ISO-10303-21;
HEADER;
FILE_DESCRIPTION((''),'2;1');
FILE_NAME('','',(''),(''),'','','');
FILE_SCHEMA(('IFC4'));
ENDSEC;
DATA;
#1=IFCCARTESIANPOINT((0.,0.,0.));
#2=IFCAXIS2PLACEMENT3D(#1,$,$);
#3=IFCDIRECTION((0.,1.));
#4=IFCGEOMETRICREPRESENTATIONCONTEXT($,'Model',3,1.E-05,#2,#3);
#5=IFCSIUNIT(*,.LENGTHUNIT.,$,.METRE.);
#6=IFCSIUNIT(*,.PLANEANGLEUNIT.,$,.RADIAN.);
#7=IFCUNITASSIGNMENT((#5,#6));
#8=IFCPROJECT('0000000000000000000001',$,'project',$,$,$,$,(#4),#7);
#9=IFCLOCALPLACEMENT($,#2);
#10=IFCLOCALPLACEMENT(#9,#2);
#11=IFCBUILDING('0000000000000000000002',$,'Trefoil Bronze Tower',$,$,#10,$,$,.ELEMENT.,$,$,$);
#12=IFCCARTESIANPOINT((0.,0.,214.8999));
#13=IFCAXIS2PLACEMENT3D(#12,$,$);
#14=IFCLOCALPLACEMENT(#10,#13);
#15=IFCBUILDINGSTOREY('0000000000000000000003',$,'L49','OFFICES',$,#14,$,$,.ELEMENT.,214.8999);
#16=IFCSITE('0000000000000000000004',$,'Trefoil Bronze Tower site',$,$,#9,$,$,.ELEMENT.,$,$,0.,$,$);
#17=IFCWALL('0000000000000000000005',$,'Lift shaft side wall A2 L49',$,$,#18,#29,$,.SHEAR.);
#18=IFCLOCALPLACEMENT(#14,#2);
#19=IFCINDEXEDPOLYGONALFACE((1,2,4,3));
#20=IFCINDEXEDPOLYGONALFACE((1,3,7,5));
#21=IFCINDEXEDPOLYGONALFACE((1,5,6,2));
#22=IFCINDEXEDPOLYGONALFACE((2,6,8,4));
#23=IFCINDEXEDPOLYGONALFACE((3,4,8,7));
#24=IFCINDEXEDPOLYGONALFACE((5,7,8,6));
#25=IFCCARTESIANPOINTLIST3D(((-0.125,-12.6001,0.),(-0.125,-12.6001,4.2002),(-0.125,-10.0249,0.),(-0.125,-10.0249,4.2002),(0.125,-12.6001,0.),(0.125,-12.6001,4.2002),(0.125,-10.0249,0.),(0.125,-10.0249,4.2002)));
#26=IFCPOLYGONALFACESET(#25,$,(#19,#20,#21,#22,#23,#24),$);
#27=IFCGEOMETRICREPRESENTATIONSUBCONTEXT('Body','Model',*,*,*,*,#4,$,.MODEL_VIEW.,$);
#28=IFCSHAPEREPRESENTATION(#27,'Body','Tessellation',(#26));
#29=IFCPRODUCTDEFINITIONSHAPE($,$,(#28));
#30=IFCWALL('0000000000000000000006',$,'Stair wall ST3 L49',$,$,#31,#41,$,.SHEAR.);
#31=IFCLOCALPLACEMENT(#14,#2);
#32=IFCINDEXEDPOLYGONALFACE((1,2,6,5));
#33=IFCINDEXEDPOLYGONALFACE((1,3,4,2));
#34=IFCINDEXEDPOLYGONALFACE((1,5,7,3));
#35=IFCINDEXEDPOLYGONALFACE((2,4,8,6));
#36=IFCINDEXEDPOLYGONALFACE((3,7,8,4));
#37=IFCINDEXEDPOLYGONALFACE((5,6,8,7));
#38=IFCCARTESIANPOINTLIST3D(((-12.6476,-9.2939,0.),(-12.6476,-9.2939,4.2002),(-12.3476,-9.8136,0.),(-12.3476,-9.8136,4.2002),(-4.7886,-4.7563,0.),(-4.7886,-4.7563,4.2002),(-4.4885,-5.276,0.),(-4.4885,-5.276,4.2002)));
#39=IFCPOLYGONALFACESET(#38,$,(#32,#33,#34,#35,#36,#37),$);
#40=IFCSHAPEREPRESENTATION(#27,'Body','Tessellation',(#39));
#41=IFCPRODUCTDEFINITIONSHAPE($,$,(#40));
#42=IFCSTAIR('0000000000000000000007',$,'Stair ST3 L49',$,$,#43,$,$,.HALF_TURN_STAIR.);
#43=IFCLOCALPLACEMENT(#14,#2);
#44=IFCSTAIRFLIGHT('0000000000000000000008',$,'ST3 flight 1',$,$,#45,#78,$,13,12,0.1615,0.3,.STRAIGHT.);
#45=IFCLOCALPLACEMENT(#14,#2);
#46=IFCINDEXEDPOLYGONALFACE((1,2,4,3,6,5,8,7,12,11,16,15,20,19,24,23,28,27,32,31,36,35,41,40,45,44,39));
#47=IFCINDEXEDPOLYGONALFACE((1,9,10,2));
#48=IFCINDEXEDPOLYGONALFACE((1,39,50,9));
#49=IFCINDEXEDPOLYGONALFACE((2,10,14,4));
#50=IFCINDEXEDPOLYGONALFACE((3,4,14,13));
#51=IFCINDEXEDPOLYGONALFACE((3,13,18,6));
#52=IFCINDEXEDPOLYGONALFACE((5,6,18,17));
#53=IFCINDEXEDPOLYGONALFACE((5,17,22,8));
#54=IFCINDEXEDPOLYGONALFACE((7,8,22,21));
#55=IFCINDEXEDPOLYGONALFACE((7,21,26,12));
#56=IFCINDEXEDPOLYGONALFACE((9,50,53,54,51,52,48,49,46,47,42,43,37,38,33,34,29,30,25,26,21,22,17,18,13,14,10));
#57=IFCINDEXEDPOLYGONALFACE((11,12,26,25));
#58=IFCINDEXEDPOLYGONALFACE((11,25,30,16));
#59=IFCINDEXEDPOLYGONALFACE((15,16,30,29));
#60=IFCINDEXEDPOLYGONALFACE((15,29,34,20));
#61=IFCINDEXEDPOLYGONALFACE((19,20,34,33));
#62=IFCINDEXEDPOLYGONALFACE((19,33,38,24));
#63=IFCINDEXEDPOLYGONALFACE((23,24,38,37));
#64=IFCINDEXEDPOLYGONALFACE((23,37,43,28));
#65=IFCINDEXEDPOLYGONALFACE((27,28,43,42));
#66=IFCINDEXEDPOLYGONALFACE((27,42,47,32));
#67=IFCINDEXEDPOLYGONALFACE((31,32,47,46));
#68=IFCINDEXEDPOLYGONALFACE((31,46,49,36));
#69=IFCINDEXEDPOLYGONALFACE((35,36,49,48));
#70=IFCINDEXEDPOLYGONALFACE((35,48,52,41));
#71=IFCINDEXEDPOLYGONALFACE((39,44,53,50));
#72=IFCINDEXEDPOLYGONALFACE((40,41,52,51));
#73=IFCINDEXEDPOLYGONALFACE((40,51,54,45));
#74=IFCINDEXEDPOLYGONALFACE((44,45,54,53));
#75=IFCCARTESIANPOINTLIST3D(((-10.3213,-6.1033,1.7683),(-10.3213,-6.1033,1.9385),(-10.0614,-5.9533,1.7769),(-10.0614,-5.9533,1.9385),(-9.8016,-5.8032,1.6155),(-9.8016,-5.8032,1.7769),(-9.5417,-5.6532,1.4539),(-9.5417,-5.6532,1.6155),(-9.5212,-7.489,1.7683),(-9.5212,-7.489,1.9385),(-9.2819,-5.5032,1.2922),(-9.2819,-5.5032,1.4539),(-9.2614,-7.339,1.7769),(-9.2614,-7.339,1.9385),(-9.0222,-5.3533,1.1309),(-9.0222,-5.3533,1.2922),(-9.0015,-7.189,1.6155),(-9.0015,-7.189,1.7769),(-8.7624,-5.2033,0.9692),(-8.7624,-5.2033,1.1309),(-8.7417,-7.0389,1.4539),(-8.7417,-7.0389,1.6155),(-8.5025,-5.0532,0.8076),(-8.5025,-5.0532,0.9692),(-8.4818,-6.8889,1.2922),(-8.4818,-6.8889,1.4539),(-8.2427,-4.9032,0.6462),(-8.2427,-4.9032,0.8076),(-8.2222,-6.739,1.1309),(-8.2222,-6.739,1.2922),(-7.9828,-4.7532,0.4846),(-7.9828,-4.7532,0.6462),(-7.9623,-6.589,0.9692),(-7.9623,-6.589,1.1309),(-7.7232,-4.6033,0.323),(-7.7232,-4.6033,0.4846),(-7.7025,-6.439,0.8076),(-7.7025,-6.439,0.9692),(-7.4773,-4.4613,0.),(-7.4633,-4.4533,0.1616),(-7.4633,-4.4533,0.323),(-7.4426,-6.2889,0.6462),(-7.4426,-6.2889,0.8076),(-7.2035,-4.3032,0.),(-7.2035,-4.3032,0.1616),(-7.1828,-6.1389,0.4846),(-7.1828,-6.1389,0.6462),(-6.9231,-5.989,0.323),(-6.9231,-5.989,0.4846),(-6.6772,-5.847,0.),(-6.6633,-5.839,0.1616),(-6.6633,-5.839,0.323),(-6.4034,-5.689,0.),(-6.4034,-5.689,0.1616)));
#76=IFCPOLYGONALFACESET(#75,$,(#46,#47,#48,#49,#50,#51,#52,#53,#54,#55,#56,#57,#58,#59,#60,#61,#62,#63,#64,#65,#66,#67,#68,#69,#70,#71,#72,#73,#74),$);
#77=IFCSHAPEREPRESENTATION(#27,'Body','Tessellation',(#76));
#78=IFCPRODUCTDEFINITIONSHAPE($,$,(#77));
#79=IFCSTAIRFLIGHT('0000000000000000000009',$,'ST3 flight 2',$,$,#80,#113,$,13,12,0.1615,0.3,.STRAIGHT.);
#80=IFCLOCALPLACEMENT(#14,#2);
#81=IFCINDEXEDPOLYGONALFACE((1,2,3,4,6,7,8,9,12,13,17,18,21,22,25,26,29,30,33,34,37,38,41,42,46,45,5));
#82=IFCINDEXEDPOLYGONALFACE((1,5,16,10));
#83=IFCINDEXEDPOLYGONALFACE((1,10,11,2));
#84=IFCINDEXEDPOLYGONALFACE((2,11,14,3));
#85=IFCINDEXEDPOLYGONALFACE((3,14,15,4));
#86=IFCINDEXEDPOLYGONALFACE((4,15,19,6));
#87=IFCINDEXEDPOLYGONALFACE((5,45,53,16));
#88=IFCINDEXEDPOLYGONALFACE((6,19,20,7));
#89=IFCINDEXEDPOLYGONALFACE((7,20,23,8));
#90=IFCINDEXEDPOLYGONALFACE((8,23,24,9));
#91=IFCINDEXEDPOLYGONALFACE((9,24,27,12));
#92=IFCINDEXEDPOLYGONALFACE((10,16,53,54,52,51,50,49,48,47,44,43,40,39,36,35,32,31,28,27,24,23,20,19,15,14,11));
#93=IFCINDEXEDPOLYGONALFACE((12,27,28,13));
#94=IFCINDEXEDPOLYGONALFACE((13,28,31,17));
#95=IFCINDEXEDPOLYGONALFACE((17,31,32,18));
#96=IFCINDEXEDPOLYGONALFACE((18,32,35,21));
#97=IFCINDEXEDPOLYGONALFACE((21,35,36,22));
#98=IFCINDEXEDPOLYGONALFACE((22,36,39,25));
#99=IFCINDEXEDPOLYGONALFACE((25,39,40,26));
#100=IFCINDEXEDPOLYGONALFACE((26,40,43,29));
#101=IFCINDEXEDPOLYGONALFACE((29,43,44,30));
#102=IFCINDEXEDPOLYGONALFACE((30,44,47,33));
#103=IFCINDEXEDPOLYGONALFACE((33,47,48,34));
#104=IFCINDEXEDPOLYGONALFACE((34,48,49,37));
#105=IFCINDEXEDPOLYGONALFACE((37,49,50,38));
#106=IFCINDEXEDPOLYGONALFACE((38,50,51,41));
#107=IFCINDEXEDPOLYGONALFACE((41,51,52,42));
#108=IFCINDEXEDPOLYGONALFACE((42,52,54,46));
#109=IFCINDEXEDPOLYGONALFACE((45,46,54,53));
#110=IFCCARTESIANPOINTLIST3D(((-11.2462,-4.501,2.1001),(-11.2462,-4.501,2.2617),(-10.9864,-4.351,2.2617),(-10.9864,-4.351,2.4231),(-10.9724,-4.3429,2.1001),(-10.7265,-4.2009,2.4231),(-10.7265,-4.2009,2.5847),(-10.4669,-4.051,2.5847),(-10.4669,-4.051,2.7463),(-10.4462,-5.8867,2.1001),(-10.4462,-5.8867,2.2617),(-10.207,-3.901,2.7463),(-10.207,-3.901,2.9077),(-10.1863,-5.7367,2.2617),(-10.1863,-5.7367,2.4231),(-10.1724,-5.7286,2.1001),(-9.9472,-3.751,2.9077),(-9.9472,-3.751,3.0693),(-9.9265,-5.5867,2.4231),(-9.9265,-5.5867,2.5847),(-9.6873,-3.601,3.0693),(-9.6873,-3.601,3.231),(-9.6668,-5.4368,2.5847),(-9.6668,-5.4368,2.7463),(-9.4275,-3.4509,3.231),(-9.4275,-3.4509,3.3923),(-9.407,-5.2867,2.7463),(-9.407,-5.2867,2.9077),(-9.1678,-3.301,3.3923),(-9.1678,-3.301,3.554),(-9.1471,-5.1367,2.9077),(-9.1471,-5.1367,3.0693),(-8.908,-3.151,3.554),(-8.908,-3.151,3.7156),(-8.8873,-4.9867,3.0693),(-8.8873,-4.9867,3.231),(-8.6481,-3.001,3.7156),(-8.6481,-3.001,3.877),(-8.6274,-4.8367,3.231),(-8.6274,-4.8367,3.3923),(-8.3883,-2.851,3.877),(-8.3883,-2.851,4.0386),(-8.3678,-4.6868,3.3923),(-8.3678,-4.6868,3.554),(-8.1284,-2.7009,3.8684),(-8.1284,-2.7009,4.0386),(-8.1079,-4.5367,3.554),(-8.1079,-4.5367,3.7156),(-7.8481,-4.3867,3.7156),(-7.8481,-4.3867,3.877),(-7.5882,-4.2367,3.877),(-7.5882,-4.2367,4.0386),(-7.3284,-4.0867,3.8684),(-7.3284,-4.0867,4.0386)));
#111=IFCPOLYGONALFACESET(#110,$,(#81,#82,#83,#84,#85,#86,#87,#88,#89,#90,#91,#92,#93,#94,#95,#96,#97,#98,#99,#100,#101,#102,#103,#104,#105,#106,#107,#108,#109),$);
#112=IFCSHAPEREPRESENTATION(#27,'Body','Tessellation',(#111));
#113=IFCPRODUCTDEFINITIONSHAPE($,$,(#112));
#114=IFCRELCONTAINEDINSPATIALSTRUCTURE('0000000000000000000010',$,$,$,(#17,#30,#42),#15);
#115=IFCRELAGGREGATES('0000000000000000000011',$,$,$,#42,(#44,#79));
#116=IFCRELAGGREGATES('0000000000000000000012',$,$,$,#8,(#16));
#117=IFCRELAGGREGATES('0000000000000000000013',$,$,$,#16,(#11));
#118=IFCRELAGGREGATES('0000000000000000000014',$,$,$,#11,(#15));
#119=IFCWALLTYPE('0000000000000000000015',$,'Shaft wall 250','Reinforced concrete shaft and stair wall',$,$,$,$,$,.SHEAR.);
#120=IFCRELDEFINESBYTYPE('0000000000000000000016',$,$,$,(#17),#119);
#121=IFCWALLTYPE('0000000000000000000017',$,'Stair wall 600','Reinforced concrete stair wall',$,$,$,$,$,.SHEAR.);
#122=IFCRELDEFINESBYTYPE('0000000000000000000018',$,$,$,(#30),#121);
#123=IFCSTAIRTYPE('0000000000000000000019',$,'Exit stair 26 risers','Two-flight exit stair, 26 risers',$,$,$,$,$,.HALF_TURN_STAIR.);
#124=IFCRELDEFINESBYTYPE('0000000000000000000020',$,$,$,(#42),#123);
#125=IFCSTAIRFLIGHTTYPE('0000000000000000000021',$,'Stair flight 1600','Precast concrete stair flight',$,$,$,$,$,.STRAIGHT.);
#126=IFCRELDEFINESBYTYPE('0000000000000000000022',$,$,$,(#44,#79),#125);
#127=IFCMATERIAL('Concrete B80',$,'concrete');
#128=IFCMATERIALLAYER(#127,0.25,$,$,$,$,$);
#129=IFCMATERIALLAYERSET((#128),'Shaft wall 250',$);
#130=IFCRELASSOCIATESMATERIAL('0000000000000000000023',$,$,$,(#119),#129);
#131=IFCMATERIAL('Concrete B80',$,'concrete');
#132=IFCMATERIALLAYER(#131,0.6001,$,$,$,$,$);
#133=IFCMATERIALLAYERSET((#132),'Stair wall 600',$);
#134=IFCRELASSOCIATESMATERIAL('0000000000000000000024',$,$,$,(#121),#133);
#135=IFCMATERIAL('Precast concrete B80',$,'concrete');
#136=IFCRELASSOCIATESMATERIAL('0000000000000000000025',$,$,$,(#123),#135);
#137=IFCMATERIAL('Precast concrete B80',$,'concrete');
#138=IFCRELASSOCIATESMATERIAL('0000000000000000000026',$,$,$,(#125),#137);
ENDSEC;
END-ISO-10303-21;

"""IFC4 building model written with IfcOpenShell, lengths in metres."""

from ifc_helpers import new_model, si_unit, direction, frame, frame_2d, origin, place, context, subcontext, project, spatial, polyline, rectangle, outline, extrude, material, layer, layer_set, type_object, element, aggregate, save


model = new_model("IFC4")

# Units and contexts
model_context = context("Model", 3, precision=1e-05, world=origin(), true_north=direction((0.0, 1.0)))
body_context = subcontext(model_context, "Body", "Model", "MODEL_VIEW")
ifc_project = project(units=[si_unit("LENGTHUNIT", "METRE"), si_unit("PLANEANGLEUNIT", "RADIAN")], contexts=[model_context])

# Site, building, storey
site_placement = place(None, origin())
site = spatial("IfcSite", under=ifc_project, at=site_placement, Name="Trefoil Bronze Tower site", CompositionType="ELEMENT", RefElevation=0.0)
building_placement = place(site_placement, origin())
building = spatial("IfcBuilding", under=site, at=building_placement, Name="Trefoil Bronze Tower", CompositionType="ELEMENT")
storey_placement = place(building_placement, frame((0.0, 0.0, 214.8999)))
storey = spatial("IfcBuildingStorey", under=building, at=storey_placement, Name="L49", Description="OFFICES", CompositionType="ELEMENT", Elevation=214.8999)

# Shared definitions
ifc_material_1 = material(Name="Concrete B80", Category="concrete")
ifc_layer_1 = layer(ifc_material_1, 0.25)
ifc_layer_set_1 = layer_set([ifc_layer_1], Name="Shaft wall 250")
wall_type_1 = type_object("IfcWallType", Name="Shaft wall 250", Description="Reinforced concrete shaft and stair wall", PredefinedType="SHEAR", material=ifc_layer_set_1)

# Walls
for number, where, z_axis, x_axis, name in (
    (1, (0.0, -10.0249, 0.0), (0.0, 0.0, 1.0), (0.0, -1.0, 0.0), "Lift shaft side wall A2 L49"),
):
    element("IfcWall", number, at=place(storey_placement, frame(where, z_axis=z_axis, x_axis=x_axis)), inside=storey, type_object=wall_type_1, Name=name, PredefinedType="SHEAR", context=body_context, shape_type="SweptSolid", body=[
        extrude(rectangle(XDim=2.5752, YDim=0.25, at=frame_2d((1.2876, 0.0))), origin(), (0.0, 0.0, 1.0), 4.2002),
    ])
ifc_material_2 = material(Name="Concrete B80", Category="concrete")
ifc_layer_2 = layer(ifc_material_2, 0.6001)
ifc_layer_set_2 = layer_set([ifc_layer_2], Name="Stair wall 600")
wall_type_2 = type_object("IfcWallType", Name="Stair wall 600", Description="Reinforced concrete stair wall", PredefinedType="SHEAR", material=ifc_layer_set_2)
wall_1_placement = place(storey_placement, frame((-4.6384, -5.0161, 0.0), z_axis=(0.0, 0.0, 1.0), x_axis=(-0.866019, -0.50001, 0.0)))
element("IfcWall", 2, at=wall_1_placement, inside=storey, type_object=wall_type_2, Name="Stair wall ST3 L49", PredefinedType="SHEAR", context=body_context, shape_type="SweptSolid", body=[
    extrude(rectangle(XDim=9.075, YDim=0.6001, at=frame_2d((4.5376, 0.0))), origin(), (0.0, 0.0, 1.0), 4.2002),
])

# Stair, stair flights
ifc_material_3 = material(Name="Precast concrete B80", Category="concrete")
stair_type = type_object("IfcStairType", Name="Exit stair 26 risers", Description="Two-flight exit stair, 26 risers", PredefinedType="HALF_TURN_STAIR", material=ifc_material_3)
stair_placement = place(storey_placement, origin())
stair = element("IfcStair", 3, at=stair_placement, inside=storey, type_object=stair_type, Name="Stair ST3 L49", PredefinedType="HALF_TURN_STAIR")
ifc_material_4 = material(Name="Precast concrete B80", Category="concrete")
stair_flight_type = type_object("IfcStairFlightType", Name="Stair flight 1600", Description="Precast concrete stair flight", PredefinedType="STRAIGHT", material=ifc_material_4)
stair_flight_1_placement = place(storey_placement, frame((-6.8035, -4.9961, 0.0), z_axis=(0.0, 0.0, 1.0), x_axis=(-0.866025, -0.5, 0.0)))
stair_flight_1 = element("IfcStairFlight", 4, at=stair_flight_1_placement, type_object=stair_flight_type, Name="ST3 flight 1", NumberOfRisers=13, NumberOfTreads=12, PredefinedType="STRAIGHT", RiserHeight=0.1615, TreadLength=0.3, context=body_context, shape_type="SweptSolid", body=[
    extrude(outline(polyline([(0.0, 0.0), (0.0, 0.1616), (0.3, 0.1616), (0.3, 0.323), (0.6001, 0.323), (0.6001, 0.4846), (0.8999, 0.4846), (0.8999, 0.6462), (1.2, 0.6462), (1.2, 0.8076), (1.5, 0.8076), (1.5, 0.9692), (1.8, 0.9692), (1.8, 1.1309), (2.1001, 1.1309), (2.1001, 1.2922), (2.3999, 1.2922), (2.3999, 1.4539), (2.7, 1.4539), (2.7, 1.6155), (3.0, 1.6155), (3.0, 1.7769), (3.3, 1.7769), (3.3, 1.9385), (3.6001, 1.9385), (3.6001, 2.1001), (3.6001, 1.7683), (0.3162, 0.0), (0.0, 0.0)])), frame((0.0, 0.8, 0.0), z_axis=(0.0, -1.0, 0.0), x_axis=(1.0, 0.0, 0.0)), (0.0, 0.0, 1.0), 1.6001),
])
stair_flight_2_placement = place(storey_placement, frame((-10.8462, -5.1938, 2.1001), z_axis=(0.0, 0.0, 1.0), x_axis=(0.866025, 0.5, 0.0)))
stair_flight_2 = element("IfcStairFlight", 5, at=stair_flight_2_placement, type_object=stair_flight_type, Name="ST3 flight 2", NumberOfRisers=13, NumberOfTreads=12, PredefinedType="STRAIGHT", RiserHeight=0.1615, TreadLength=0.3, context=body_context, shape_type="SweptSolid", body=[
    extrude(outline(polyline([(0.0, 0.0), (0.0, 0.1616), (0.3, 0.1616), (0.3, 0.323), (0.6001, 0.323), (0.6001, 0.4846), (0.8999, 0.4846), (0.8999, 0.6462), (1.2, 0.6462), (1.2, 0.8076), (1.5, 0.8076), (1.5, 0.9692), (1.8, 0.9692), (1.8, 1.1309), (2.1001, 1.1309), (2.1001, 1.2922), (2.3999, 1.2922), (2.3999, 1.4539), (2.7, 1.4539), (2.7, 1.6155), (3.0, 1.6155), (3.0, 1.7769), (3.3, 1.7769), (3.3, 1.9385), (3.6001, 1.9385), (3.6001, 2.1001), (3.6001, 1.7683), (0.3162, 0.0), (0.0, 0.0)])), frame((0.0, 0.8, 0.0), z_axis=(0.0, -1.0, 0.0), x_axis=(1.0, 0.0, 0.0)), (0.0, 0.0, 1.0), 1.6001),
])
aggregate(stair, [stair_flight_1, stair_flight_2])

save(model, "model.ifc")
